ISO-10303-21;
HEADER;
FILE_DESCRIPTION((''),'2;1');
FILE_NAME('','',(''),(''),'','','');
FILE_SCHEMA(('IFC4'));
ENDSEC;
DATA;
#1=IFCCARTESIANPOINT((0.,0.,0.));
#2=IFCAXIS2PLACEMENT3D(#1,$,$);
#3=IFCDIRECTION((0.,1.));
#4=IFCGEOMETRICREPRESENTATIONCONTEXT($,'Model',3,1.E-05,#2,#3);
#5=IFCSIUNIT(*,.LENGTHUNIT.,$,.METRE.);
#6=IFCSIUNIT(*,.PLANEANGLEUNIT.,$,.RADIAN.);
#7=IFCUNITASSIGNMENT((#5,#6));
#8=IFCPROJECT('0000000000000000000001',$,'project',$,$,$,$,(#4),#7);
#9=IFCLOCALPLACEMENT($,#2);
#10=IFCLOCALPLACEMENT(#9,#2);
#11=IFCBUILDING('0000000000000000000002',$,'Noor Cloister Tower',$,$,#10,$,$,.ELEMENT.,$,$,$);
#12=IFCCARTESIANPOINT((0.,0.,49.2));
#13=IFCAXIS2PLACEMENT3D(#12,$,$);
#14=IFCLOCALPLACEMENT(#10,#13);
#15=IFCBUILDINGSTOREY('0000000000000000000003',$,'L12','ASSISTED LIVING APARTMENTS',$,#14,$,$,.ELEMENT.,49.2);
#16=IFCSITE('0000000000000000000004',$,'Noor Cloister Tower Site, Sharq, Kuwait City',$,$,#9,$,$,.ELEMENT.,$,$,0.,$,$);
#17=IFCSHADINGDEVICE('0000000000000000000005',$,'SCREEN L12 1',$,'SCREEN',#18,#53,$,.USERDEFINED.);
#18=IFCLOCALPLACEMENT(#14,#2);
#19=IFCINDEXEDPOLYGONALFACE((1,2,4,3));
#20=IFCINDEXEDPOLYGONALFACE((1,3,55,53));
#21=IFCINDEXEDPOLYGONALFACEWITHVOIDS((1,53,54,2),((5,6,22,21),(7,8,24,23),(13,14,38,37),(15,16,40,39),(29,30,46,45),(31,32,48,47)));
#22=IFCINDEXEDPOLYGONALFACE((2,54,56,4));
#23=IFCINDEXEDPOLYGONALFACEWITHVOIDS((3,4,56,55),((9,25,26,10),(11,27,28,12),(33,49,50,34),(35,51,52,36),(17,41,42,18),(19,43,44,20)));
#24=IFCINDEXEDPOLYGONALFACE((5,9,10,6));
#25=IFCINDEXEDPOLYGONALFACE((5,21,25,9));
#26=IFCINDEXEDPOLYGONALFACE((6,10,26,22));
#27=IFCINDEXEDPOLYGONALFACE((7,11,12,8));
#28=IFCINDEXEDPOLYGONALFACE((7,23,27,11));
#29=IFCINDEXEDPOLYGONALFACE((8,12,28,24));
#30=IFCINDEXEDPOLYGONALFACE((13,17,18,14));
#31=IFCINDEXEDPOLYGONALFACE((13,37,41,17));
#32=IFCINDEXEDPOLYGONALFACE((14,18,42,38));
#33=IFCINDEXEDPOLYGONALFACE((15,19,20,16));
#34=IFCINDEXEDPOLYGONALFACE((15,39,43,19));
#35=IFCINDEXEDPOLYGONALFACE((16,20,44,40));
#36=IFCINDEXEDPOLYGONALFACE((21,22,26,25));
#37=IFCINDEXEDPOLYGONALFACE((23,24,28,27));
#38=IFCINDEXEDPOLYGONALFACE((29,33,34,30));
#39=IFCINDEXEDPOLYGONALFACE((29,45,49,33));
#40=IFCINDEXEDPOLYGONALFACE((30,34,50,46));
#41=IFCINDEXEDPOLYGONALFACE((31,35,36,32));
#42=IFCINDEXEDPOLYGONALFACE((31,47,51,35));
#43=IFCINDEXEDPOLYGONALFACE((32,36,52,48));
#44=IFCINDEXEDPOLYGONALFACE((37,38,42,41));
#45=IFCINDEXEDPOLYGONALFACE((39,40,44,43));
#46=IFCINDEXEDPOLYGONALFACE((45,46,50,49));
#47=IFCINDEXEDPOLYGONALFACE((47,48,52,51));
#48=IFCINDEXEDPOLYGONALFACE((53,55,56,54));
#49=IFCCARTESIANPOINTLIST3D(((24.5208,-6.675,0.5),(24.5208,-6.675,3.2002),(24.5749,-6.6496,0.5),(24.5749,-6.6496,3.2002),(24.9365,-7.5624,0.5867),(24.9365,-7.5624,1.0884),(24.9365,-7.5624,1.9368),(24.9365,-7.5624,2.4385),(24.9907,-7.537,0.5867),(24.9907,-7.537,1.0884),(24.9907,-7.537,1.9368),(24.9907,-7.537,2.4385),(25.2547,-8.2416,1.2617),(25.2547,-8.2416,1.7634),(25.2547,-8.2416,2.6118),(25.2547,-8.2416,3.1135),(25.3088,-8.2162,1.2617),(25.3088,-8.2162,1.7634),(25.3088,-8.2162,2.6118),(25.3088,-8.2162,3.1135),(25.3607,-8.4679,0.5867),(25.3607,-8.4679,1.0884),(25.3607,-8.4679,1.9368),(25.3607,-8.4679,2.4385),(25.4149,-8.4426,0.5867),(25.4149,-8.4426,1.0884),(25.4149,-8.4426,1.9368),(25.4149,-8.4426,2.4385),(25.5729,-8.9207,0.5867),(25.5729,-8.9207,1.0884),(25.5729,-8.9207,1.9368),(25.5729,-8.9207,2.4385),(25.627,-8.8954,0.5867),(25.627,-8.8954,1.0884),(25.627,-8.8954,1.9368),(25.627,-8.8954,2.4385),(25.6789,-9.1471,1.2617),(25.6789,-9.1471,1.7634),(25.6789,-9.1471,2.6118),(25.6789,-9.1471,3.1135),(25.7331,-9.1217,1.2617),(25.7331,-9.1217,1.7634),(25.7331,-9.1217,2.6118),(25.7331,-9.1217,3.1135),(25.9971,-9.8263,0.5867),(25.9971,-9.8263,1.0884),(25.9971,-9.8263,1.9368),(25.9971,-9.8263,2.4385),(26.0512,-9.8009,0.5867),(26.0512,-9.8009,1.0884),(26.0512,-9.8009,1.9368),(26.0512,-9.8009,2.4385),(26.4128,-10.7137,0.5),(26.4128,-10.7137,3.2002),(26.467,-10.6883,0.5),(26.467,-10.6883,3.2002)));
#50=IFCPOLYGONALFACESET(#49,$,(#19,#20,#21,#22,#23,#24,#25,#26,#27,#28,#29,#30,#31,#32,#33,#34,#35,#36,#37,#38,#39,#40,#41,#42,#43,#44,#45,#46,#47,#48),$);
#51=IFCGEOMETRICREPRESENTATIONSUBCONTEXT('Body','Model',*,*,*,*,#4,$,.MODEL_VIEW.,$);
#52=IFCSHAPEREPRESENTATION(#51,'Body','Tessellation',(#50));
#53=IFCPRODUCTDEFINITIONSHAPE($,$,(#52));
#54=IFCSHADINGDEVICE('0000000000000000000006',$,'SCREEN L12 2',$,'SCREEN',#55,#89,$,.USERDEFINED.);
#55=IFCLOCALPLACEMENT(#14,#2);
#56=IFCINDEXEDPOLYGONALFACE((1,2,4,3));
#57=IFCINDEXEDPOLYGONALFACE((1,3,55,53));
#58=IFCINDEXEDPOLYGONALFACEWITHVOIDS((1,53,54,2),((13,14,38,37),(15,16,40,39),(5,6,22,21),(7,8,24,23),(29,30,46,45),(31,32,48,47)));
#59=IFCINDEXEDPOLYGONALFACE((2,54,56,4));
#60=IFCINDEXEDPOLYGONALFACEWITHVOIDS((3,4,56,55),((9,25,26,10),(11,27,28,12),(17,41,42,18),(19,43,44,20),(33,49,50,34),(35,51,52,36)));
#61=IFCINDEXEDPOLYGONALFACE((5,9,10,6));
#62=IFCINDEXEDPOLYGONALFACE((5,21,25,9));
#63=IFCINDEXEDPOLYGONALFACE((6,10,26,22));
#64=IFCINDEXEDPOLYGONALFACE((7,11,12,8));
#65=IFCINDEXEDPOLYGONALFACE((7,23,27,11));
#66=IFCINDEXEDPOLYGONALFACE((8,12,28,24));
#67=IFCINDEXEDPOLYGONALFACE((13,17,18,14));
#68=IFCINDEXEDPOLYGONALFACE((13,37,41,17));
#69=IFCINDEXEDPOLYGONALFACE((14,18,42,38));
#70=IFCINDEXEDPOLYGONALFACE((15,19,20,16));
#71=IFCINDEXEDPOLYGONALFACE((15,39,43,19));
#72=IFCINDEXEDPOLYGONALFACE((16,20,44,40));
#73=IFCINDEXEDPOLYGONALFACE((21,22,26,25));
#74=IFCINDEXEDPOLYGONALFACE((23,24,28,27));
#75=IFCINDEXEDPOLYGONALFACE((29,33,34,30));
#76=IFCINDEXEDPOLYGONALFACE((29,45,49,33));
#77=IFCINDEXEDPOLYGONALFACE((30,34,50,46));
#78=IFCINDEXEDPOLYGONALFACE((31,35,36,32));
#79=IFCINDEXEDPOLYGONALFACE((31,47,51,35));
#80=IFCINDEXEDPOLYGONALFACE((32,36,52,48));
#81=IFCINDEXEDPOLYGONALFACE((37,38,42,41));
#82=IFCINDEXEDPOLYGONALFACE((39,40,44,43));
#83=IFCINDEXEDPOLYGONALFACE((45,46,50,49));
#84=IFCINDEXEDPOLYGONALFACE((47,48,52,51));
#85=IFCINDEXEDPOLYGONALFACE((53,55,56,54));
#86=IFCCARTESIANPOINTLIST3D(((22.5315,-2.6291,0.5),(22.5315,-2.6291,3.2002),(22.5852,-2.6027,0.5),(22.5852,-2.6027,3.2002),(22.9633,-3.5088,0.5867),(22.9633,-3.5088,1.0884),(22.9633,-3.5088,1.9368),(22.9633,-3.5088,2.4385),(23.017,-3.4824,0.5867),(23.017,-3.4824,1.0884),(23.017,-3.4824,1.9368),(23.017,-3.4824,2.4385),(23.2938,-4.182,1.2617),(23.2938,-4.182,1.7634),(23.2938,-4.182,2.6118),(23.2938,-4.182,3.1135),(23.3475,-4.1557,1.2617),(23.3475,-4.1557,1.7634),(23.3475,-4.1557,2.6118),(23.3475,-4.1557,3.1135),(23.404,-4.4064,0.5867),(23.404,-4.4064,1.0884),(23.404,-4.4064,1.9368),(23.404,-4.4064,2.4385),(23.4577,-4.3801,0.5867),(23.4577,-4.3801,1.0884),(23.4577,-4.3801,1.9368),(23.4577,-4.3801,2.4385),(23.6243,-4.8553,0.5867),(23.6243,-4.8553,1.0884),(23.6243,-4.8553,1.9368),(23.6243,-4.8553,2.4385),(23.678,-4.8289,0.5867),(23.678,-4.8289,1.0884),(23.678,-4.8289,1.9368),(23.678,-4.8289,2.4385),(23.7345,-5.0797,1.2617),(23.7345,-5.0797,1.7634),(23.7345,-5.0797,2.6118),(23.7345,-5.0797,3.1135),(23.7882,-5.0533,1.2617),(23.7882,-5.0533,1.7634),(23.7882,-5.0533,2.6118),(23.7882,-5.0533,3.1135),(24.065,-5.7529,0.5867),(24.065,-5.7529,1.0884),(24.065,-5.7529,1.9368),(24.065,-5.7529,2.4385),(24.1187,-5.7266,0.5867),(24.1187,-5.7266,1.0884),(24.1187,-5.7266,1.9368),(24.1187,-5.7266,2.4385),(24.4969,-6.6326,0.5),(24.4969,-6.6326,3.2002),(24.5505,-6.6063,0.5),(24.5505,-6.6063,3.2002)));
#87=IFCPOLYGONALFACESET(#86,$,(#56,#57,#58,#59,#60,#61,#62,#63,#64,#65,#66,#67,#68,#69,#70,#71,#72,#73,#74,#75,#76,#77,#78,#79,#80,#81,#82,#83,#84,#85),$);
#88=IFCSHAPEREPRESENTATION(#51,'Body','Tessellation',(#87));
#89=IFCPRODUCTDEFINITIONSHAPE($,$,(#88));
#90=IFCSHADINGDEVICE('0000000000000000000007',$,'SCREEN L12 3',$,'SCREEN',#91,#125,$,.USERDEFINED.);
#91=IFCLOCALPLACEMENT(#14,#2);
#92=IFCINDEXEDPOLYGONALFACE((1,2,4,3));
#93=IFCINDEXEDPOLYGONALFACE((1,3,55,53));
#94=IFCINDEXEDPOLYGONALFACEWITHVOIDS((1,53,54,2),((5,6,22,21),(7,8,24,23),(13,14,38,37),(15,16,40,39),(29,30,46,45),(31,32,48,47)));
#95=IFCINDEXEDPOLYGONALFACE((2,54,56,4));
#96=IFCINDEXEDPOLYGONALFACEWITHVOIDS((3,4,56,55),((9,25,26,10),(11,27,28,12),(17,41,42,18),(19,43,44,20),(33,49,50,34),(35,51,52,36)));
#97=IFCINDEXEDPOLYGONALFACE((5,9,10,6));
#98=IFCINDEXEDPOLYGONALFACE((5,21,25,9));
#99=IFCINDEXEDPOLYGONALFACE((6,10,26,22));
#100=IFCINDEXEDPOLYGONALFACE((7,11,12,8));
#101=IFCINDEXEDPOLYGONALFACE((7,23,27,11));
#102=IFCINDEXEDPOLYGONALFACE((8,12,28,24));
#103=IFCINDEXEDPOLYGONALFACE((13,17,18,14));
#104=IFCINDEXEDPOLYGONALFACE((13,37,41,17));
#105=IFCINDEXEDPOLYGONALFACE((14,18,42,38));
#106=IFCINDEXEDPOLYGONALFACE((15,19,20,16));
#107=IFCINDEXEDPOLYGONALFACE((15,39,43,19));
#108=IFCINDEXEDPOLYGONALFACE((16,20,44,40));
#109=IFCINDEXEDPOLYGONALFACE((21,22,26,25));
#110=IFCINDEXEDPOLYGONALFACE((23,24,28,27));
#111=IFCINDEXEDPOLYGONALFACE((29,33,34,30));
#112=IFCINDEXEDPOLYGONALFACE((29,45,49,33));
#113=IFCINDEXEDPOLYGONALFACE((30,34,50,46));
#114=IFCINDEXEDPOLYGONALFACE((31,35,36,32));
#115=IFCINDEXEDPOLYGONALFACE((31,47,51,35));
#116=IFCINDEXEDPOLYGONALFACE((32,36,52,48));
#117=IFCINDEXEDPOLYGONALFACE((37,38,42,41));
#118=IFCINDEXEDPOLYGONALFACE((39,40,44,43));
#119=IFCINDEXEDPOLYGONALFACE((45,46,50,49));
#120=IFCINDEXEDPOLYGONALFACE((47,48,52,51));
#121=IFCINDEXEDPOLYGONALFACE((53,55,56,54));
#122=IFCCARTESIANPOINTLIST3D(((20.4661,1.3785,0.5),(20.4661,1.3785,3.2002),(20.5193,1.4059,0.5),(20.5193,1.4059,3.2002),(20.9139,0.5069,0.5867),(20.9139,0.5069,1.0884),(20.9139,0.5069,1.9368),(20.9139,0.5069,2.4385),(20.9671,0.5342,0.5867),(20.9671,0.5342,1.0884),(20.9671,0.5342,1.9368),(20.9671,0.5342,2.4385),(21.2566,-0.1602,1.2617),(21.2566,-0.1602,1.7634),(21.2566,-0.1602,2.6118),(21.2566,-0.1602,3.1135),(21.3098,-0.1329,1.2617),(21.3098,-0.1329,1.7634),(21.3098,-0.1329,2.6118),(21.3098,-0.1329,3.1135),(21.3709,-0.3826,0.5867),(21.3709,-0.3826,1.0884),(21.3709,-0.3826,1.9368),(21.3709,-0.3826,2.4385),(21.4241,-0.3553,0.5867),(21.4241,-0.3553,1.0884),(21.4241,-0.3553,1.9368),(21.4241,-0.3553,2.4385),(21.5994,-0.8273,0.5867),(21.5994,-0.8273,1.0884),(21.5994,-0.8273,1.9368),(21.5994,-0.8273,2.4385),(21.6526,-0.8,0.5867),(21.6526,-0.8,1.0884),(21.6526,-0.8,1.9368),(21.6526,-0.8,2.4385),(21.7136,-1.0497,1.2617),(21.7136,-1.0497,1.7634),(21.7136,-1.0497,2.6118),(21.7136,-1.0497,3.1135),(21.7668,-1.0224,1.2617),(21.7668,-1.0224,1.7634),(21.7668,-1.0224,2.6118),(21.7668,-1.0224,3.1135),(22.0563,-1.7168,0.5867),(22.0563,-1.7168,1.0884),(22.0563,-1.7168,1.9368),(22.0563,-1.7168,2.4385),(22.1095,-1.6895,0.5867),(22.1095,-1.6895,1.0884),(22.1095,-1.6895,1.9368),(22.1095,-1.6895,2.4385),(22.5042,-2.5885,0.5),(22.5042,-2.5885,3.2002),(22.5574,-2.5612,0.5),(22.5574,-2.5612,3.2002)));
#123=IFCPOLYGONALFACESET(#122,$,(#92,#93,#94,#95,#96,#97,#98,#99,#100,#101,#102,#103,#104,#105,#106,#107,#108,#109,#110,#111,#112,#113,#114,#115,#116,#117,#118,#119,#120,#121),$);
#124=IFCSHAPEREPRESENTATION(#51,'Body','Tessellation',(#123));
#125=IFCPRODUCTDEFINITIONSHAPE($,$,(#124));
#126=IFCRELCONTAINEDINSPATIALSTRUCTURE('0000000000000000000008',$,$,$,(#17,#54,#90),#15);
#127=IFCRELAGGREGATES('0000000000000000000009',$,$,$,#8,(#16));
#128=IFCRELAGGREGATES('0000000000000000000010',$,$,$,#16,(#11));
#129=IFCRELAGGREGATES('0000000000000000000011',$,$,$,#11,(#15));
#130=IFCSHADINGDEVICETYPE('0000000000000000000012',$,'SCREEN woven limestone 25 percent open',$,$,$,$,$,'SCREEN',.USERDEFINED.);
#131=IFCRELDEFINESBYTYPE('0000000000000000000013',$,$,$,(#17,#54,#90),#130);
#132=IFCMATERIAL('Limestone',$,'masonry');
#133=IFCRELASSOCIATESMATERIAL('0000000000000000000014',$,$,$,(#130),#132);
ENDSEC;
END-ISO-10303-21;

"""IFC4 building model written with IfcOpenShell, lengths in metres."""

from ifc_helpers import new_model, si_unit, direction, frame, origin, place, context, subcontext, project, spatial, polyline, outline, extrude, material, material_profile, profile_set, type_object, element, save


model = new_model("IFC4")

# Units and contexts
model_context = context("Model", 3, precision=1e-05, world=origin(), true_north=direction((0.0, 1.0)))
body_context = subcontext(model_context, "Body", "Model", "MODEL_VIEW")
ifc_project = project(units=[si_unit("LENGTHUNIT", "METRE"), si_unit("PLANEANGLEUNIT", "RADIAN")], contexts=[model_context])

# Site, building, storey
site_placement = place(None, origin())
site = spatial("IfcSite", under=ifc_project, at=site_placement, Name="Noor Cloister Tower Site, Sharq, Kuwait City", CompositionType="ELEMENT", RefElevation=0.0)
building_placement = place(site_placement, origin())
building = spatial("IfcBuilding", under=site, at=building_placement, Name="Noor Cloister Tower", CompositionType="ELEMENT")
storey_placement = place(building_placement, frame((0.0, 0.0, 49.2)))
storey = spatial("IfcBuildingStorey", under=building, at=storey_placement, Name="L12", Description="ASSISTED LIVING APARTMENTS", CompositionType="ELEMENT", Elevation=49.2)

# Shading devices
ifc_material_1 = material(Name="Limestone", Category="masonry")
ifc_material_profile_1 = material_profile(ifc_material_1, outline(polyline([(-2.23, -1.3501), (2.23, -1.3501), (2.23, 1.3501), (-2.23, 1.3501), (-2.23, -1.3501)]), holes=[polyline([(-1.25, -1.2634), (-0.25, -1.2634), (-0.25, -0.7617), (-1.25, -0.7617), (-1.25, -1.2634)]), polyline([(0.25, -1.2634), (1.25, -1.2634), (1.25, -0.7617), (0.25, -0.7617), (0.25, -1.2634)]), polyline([(-0.5, -0.5884), (0.5, -0.5884), (0.5, -0.0867), (-0.5, -0.0867), (-0.5, -0.5884)]), polyline([(-1.25, 0.0867), (-0.25, 0.0867), (-0.25, 0.5884), (-1.25, 0.5884), (-1.25, 0.0867)]), polyline([(0.25, 0.0867), (1.25, 0.0867), (1.25, 0.5884), (0.25, 0.5884), (0.25, 0.0867)]), polyline([(-0.5, 0.7617), (0.5, 0.7617), (0.5, 1.2634), (-0.5, 1.2634), (-0.5, 0.7617)])]), Name="Woven screen 25 percent open")
ifc_profile_set_1 = profile_set([ifc_material_profile_1], Name="Limestone")
shading_device_type = type_object("IfcShadingDeviceType", Name="SCREEN woven limestone 25 percent open", ElementType="SCREEN", PredefinedType="USERDEFINED", material=ifc_profile_set_1)
for number, where, z_axis, x_axis, name in (
    (1, (25.4668, -8.6943, 1.8501), (0.905557, 0.424225, 0.0), (-0.424225, 0.905557, 0.0), "SCREEN L12 1"),
    (2, (23.5142, -4.6309, 1.8501), (0.897668, 0.440673, 0.0), (-0.440673, 0.897668, 0.0), "SCREEN L12 2"),
    (3, (21.4851, -0.605, 1.8501), (0.889477, 0.456979, 0.0), (-0.456979, 0.889477, 0.0), "SCREEN L12 3"),
):
    element("IfcShadingDevice", number, at=place(storey_placement, frame(where, z_axis=z_axis, x_axis=x_axis)), inside=storey, type_object=shading_device_type, Name=name, ObjectType="SCREEN", PredefinedType="USERDEFINED", context=body_context, shape_type="SweptSolid", body=[
        extrude(outline(polyline([(-2.23, -1.3501), (2.23, -1.3501), (2.23, 1.3501), (-2.23, 1.3501), (-2.23, -1.3501)]), holes=[polyline([(-1.25, -1.2634), (-0.25, -1.2634), (-0.25, -0.7617), (-1.25, -0.7617), (-1.25, -1.2634)]), polyline([(0.25, -1.2634), (1.25, -1.2634), (1.25, -0.7617), (0.25, -0.7617), (0.25, -1.2634)]), polyline([(-0.5, -0.5884), (0.5, -0.5884), (0.5, -0.0867), (-0.5, -0.0867), (-0.5, -0.5884)]), polyline([(-1.25, 0.0867), (-0.25, 0.0867), (-0.25, 0.5884), (-1.25, 0.5884), (-1.25, 0.0867)]), polyline([(0.25, 0.0867), (1.25, 0.0867), (1.25, 0.5884), (0.25, 0.5884), (0.25, 0.0867)]), polyline([(-0.5, 0.7617), (0.5, 0.7617), (0.5, 1.2634), (-0.5, 1.2634), (-0.5, 0.7617)])]), origin(), (0.0, 0.0, 1.0), 0.0598),
    ])

save(model, "model.ifc")
